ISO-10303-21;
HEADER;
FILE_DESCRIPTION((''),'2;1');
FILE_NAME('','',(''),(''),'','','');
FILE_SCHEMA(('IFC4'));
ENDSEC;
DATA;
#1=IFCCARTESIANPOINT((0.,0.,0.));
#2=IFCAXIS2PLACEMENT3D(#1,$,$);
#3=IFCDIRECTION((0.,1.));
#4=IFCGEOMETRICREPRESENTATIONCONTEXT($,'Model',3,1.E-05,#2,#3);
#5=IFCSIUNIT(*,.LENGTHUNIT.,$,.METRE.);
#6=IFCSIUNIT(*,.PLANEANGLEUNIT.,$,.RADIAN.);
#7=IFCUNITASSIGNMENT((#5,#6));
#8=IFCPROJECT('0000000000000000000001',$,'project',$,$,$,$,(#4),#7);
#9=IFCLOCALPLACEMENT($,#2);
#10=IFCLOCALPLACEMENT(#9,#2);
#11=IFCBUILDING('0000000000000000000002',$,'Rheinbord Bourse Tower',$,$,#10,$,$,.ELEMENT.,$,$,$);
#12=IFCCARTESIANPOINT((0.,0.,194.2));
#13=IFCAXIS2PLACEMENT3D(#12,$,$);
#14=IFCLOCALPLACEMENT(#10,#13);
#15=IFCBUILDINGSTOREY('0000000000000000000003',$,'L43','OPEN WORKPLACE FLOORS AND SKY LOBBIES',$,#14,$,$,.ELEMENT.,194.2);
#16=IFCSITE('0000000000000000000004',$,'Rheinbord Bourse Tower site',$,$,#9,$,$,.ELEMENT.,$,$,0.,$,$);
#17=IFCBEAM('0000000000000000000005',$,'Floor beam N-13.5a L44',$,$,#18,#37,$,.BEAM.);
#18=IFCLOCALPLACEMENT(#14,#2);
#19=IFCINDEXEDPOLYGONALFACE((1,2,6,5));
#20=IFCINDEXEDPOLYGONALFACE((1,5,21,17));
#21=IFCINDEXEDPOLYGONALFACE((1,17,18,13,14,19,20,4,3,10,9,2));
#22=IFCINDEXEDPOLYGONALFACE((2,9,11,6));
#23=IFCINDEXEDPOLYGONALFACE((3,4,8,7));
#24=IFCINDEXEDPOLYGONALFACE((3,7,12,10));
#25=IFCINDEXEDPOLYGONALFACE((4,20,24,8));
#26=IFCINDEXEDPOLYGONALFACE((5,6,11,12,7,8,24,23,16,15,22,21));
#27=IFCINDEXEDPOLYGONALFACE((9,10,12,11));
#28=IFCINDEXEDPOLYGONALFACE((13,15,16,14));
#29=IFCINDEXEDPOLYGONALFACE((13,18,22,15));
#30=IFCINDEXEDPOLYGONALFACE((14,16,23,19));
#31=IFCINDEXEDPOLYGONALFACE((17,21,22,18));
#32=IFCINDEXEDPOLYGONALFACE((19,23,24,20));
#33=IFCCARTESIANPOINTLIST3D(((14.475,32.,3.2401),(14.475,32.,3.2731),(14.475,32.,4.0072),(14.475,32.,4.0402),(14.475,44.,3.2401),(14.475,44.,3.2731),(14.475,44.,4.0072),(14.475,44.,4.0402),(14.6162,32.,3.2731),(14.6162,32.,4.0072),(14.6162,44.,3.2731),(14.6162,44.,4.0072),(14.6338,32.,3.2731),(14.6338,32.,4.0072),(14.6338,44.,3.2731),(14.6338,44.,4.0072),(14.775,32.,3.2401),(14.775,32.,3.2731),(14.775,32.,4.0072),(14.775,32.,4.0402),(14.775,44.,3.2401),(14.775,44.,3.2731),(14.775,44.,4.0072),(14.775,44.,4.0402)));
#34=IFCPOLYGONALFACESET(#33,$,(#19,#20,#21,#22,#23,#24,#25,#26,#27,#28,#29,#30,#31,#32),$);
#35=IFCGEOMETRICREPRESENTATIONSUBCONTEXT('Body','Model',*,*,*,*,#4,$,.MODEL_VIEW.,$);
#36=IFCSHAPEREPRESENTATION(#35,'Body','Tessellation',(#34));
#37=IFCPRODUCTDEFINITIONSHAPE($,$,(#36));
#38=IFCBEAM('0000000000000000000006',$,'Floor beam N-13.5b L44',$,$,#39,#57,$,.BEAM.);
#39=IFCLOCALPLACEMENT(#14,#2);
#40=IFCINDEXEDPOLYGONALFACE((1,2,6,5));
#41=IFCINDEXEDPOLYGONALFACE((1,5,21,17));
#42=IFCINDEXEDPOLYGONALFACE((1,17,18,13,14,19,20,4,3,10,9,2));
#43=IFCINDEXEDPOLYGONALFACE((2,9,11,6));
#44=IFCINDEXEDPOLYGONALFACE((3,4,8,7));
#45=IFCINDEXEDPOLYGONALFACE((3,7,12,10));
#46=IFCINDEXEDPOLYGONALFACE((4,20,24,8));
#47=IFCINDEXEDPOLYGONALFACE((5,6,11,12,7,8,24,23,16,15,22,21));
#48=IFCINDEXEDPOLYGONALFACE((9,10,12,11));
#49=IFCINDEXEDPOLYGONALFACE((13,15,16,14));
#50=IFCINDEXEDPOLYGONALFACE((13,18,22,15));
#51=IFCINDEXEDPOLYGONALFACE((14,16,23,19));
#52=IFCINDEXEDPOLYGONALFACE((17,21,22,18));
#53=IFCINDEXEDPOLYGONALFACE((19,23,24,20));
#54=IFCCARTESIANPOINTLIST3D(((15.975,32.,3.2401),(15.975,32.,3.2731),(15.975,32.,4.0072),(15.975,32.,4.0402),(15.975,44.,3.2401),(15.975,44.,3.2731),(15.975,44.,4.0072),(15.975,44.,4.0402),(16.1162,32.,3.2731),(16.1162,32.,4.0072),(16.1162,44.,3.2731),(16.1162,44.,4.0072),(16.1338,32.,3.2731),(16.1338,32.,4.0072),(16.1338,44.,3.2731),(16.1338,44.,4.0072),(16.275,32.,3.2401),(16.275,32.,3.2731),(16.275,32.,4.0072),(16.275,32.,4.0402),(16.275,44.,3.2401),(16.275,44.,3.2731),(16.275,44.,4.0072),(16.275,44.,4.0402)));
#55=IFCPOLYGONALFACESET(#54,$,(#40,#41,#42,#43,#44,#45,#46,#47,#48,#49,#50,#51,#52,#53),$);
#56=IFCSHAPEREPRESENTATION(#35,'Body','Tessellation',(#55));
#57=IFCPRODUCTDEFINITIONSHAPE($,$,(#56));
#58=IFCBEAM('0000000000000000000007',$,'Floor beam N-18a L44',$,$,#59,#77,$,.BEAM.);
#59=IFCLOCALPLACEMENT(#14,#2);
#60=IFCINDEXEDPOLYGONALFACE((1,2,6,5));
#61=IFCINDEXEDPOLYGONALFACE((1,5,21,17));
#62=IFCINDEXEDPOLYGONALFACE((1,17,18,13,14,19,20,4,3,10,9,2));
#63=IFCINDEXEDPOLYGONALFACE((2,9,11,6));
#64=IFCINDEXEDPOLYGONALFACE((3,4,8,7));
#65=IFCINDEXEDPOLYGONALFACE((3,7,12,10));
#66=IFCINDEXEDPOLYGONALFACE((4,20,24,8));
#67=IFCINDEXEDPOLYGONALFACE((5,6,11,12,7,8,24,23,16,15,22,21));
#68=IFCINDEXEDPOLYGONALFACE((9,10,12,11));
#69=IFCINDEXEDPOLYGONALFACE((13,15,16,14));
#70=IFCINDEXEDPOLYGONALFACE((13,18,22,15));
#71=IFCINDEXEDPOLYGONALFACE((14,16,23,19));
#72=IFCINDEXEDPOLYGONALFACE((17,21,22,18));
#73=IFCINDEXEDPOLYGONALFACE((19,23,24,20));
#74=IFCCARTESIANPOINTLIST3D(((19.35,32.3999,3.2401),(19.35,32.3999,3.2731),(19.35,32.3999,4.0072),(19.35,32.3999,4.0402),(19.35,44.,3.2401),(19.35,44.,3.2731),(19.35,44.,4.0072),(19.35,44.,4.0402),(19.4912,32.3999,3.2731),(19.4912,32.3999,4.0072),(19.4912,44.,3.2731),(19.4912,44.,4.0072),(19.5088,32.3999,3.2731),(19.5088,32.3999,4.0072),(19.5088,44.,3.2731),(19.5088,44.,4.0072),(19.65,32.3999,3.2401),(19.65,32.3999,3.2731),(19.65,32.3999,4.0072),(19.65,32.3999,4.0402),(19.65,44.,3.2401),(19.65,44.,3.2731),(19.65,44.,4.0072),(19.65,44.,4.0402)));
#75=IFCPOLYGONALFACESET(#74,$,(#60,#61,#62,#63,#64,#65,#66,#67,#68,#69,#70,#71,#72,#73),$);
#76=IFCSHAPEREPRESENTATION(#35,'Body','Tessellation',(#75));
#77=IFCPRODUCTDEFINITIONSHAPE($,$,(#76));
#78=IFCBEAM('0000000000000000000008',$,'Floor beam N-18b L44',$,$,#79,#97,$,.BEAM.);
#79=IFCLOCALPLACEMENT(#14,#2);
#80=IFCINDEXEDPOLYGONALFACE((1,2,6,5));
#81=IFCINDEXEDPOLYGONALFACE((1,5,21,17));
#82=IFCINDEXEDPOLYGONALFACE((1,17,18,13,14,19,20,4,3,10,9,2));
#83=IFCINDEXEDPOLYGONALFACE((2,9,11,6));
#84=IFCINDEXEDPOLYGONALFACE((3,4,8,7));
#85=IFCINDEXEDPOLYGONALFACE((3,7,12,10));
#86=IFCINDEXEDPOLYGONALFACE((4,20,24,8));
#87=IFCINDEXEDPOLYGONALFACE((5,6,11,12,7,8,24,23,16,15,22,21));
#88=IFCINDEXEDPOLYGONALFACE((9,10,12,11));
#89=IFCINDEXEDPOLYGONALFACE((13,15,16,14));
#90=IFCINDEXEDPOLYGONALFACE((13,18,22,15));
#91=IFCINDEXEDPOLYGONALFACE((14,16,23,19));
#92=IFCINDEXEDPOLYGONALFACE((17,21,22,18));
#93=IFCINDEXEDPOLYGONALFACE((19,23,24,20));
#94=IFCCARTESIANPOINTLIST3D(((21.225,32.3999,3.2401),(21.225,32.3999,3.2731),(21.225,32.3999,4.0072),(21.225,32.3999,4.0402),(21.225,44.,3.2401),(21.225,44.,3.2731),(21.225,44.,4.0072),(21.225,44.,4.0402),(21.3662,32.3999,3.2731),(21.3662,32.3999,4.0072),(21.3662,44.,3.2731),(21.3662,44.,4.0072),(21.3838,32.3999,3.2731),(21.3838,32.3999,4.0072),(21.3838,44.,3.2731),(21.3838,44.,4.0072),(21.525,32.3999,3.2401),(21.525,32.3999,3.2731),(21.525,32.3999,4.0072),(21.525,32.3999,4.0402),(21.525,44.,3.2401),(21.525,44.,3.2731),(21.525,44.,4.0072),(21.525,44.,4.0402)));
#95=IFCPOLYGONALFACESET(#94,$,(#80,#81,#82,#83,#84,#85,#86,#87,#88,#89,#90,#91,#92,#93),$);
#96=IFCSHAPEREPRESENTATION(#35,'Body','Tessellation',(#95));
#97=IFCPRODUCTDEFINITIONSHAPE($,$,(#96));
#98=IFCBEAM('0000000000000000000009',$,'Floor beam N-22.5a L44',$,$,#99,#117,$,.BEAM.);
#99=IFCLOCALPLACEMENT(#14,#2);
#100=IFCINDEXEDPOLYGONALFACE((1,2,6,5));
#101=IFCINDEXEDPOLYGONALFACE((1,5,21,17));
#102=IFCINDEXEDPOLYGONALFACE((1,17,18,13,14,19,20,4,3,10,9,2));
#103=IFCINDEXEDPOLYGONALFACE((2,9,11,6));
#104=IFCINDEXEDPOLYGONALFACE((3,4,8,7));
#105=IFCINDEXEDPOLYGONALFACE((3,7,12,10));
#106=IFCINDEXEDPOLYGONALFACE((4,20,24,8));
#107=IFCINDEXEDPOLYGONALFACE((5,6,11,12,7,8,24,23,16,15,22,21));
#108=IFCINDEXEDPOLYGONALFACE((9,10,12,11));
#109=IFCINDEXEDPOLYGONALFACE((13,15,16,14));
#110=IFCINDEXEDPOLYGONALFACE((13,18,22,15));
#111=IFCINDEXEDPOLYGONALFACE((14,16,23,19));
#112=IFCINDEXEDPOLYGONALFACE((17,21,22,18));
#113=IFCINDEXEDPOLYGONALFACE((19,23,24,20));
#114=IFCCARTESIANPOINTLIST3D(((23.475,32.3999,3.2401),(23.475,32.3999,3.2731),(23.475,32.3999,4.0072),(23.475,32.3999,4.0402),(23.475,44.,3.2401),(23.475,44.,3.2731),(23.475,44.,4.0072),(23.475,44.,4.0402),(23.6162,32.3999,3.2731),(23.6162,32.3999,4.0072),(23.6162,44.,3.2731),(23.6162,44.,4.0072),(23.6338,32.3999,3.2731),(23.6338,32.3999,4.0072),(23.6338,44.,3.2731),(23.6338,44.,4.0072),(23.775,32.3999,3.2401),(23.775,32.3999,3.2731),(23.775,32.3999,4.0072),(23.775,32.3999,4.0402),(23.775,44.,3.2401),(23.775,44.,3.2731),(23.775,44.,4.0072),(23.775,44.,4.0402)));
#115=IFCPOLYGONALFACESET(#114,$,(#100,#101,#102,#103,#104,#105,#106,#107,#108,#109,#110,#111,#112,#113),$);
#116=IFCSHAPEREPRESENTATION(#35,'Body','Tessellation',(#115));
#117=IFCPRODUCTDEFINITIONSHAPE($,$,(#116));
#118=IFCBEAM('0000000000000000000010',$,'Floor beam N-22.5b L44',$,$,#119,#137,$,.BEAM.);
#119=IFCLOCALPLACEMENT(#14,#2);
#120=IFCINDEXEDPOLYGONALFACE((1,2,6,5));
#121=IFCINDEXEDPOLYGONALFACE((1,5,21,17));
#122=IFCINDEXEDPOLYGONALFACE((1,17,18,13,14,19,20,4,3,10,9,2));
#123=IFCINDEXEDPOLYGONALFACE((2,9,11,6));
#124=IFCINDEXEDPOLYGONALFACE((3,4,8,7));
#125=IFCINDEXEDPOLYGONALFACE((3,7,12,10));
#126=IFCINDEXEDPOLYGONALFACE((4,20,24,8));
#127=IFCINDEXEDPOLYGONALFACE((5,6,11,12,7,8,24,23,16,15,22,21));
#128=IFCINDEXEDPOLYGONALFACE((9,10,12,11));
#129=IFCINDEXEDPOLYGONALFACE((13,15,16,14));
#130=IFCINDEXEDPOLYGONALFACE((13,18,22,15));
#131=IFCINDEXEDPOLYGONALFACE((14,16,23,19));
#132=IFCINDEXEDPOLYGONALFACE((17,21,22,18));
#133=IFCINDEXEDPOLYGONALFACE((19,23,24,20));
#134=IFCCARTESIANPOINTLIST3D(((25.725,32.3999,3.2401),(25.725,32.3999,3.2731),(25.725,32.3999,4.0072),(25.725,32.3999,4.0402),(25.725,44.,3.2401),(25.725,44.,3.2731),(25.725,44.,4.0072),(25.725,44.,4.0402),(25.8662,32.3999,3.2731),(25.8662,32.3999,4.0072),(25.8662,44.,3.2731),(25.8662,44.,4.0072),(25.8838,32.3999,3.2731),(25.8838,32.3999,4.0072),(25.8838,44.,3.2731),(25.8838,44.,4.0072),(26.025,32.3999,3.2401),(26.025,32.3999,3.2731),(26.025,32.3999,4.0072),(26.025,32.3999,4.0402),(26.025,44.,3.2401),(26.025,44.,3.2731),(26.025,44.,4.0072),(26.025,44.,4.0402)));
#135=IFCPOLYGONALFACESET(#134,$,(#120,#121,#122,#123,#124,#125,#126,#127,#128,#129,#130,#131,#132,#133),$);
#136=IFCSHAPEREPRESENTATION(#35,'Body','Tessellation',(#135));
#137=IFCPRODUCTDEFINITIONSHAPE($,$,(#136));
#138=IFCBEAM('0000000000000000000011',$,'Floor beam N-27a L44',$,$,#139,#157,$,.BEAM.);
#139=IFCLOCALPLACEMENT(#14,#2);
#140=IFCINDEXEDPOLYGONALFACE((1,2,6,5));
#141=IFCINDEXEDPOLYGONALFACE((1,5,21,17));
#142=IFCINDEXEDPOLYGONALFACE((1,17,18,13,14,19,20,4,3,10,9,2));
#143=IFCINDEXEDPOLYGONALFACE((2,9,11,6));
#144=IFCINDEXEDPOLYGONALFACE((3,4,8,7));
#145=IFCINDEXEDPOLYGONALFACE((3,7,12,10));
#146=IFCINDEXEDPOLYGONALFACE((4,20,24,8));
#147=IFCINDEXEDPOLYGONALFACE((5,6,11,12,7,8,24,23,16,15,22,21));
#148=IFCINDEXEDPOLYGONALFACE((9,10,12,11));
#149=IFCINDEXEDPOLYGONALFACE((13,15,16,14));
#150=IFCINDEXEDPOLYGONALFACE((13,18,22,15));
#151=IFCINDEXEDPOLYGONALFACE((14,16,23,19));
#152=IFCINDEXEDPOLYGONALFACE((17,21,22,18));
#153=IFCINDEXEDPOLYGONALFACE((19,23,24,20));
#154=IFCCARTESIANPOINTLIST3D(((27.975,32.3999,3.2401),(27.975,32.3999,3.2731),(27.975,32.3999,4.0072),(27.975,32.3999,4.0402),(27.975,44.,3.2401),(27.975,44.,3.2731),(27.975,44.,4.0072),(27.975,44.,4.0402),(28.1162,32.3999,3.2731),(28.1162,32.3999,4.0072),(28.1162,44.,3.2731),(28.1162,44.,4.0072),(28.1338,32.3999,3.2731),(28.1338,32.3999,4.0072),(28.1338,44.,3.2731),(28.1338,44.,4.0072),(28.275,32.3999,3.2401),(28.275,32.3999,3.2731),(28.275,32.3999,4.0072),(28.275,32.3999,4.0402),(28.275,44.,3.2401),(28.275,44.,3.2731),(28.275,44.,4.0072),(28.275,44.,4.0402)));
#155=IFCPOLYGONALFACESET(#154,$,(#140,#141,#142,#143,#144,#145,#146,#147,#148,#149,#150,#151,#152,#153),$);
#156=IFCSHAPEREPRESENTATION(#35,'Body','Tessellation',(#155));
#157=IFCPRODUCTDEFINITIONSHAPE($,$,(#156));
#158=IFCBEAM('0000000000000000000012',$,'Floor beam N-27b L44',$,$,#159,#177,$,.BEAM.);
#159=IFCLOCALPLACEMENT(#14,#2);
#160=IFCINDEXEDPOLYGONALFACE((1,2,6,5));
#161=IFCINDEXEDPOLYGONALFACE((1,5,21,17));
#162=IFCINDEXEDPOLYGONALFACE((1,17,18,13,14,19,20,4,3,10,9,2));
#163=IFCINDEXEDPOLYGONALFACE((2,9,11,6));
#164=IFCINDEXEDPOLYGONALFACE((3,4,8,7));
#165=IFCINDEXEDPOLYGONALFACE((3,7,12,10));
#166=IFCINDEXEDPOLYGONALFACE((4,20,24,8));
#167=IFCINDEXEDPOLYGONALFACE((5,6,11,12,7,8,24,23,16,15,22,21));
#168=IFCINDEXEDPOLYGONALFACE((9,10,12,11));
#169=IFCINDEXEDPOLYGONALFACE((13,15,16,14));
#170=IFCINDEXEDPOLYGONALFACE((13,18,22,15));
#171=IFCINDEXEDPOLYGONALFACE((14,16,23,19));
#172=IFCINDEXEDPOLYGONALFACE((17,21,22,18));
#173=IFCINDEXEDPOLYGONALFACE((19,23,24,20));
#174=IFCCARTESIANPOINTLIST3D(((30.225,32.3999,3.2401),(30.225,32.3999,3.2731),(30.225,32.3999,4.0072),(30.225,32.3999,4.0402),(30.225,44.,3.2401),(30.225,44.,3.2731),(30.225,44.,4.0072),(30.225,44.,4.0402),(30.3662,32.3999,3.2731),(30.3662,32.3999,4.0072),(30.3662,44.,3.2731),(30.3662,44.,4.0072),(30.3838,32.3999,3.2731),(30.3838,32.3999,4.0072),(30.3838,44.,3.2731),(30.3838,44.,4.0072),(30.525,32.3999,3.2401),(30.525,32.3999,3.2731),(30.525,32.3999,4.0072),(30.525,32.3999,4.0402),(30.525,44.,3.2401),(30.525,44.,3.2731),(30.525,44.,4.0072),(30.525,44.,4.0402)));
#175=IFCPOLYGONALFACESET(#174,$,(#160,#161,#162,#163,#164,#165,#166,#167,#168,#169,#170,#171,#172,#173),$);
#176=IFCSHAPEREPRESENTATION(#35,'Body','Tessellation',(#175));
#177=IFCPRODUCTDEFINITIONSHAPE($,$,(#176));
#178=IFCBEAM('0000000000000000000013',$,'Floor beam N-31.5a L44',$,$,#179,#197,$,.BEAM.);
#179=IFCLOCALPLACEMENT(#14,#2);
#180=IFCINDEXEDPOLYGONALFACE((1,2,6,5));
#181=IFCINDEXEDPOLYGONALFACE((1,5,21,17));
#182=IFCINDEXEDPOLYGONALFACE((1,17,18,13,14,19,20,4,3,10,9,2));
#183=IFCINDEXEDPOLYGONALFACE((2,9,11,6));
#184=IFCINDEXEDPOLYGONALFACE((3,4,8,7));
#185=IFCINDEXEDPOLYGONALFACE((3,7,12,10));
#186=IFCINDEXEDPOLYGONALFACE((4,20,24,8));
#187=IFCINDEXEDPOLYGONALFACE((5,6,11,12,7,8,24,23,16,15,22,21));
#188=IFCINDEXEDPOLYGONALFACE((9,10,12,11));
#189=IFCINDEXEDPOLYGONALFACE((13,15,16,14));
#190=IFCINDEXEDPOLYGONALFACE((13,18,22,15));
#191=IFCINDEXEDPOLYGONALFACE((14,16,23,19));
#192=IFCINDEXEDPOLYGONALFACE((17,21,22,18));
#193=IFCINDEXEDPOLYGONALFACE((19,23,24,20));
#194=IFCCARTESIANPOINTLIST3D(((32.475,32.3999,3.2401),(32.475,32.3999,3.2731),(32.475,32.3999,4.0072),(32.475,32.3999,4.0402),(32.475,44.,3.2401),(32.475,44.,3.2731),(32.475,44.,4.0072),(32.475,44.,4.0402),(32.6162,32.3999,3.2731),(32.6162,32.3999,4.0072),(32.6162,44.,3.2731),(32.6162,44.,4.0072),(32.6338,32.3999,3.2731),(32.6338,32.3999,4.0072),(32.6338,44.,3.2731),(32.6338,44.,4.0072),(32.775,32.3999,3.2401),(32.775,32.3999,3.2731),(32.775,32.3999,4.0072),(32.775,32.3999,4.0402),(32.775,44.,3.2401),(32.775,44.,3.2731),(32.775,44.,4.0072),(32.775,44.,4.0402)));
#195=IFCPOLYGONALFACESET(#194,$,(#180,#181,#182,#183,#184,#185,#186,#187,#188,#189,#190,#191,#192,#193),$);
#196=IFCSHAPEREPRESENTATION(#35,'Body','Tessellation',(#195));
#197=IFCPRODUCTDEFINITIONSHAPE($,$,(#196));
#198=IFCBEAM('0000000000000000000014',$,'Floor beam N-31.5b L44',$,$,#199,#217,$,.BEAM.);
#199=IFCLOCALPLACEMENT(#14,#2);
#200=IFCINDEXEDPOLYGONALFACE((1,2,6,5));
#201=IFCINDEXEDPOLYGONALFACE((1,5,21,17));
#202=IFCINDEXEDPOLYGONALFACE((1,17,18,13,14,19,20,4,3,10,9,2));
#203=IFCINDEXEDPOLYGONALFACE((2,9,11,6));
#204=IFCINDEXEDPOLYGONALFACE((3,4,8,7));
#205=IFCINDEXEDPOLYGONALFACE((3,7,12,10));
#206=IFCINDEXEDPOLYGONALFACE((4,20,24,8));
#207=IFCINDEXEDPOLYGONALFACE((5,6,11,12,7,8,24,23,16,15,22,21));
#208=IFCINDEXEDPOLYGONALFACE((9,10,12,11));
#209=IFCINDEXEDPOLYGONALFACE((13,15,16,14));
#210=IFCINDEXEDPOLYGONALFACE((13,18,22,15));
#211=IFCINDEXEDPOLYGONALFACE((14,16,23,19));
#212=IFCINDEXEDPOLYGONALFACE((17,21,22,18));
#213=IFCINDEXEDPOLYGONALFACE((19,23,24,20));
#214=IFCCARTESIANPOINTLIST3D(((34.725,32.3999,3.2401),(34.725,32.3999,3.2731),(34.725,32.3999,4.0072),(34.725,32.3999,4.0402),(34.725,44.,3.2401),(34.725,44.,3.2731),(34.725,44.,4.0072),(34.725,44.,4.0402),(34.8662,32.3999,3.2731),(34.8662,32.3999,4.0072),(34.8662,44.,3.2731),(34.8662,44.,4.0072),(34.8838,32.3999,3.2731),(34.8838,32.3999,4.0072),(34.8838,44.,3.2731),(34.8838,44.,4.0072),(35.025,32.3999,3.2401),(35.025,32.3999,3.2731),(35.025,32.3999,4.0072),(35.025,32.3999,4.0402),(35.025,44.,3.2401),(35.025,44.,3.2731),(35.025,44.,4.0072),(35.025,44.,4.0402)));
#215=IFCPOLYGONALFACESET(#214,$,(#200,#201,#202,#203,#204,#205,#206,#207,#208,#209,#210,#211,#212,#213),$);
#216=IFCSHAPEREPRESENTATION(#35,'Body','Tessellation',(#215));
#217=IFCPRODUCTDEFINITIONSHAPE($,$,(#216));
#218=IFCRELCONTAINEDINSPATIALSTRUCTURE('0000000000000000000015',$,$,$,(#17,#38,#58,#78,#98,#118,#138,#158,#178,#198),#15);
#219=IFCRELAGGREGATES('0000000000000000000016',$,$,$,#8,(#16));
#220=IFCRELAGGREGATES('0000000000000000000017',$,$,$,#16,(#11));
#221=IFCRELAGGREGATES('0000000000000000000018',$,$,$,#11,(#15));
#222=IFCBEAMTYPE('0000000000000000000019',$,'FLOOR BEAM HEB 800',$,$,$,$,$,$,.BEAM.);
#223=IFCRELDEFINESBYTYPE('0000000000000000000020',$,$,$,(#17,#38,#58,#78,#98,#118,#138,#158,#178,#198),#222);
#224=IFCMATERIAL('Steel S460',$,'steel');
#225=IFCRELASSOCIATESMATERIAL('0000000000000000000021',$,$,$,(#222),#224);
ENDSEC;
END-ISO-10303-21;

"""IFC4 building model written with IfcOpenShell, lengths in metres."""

from ifc_helpers import new_model, si_unit, direction, frame, origin, origin_2d, place, context, subcontext, project, spatial, i_section, extrude, material, material_profile, profile_set, type_object, element, save


model = new_model("IFC4")

# Units and contexts
model_context = context("Model", 3, precision=1e-05, world=origin(), true_north=direction((0.0, 1.0)))
body_context = subcontext(model_context, "Body", "Model", "MODEL_VIEW")
ifc_project = project(units=[si_unit("LENGTHUNIT", "METRE"), si_unit("PLANEANGLEUNIT", "RADIAN")], contexts=[model_context])

# Site, building, storey
site_placement = place(None, origin())
site = spatial("IfcSite", under=ifc_project, at=site_placement, Name="Rheinbord Bourse Tower site", CompositionType="ELEMENT", RefElevation=0.0)
building_placement = place(site_placement, origin())
building = spatial("IfcBuilding", under=site, at=building_placement, Name="Rheinbord Bourse Tower", CompositionType="ELEMENT")
storey_placement = place(building_placement, frame((0.0, 0.0, 194.2)))
storey = spatial("IfcBuildingStorey", under=building, at=storey_placement, Name="L43", Description="OPEN WORKPLACE FLOORS AND SKY LOBBIES", CompositionType="ELEMENT", Elevation=194.2)

# Beams
ifc_material_1 = material(Name="Steel S460", Category="steel")
ifc_material_profile_1 = material_profile(ifc_material_1, i_section(OverallWidth=0.3, OverallDepth=0.8, WebThickness=0.0176, FlangeThickness=0.033, at=origin_2d()), Name="HEB 800")
ifc_profile_set_1 = profile_set([ifc_material_profile_1], Name="Steel S460")
beam_type_1 = type_object("IfcBeamType", Name="FLOOR BEAM HEB 800", PredefinedType="BEAM", material=ifc_profile_set_1)
for number, where, z_axis, x_axis, name in (
    (1, (14.625, 44.0, 3.6401), (0.0, -1.0, 0.0), (1.0, 0.0, 0.0), "Floor beam N-13.5a L44"),
    (2, (16.125, 44.0, 3.6401), (0.0, -1.0, 0.0), (1.0, 0.0, 0.0), "Floor beam N-13.5b L44"),
):
    element("IfcBeam", number, at=place(storey_placement, frame(where, z_axis=z_axis, x_axis=x_axis)), inside=storey, type_object=beam_type_1, Name=name, PredefinedType="BEAM", context=body_context, shape_type="SweptSolid", body=[
        extrude(i_section(OverallWidth=0.3, OverallDepth=0.8, WebThickness=0.0176, FlangeThickness=0.033, at=origin_2d()), origin(), (0.0, 0.0, 1.0), 12.0),
    ])
for number, where, z_axis, x_axis, name in (
    (3, (19.5, 44.0, 3.6401), (0.0, -1.0, 0.0), (1.0, 0.0, 0.0), "Floor beam N-18a L44"),
    (4, (21.375, 44.0, 3.6401), (0.0, -1.0, 0.0), (1.0, 0.0, 0.0), "Floor beam N-18b L44"),
    (5, (23.625, 44.0, 3.6401), (0.0, -1.0, 0.0), (1.0, 0.0, 0.0), "Floor beam N-22.5a L44"),
    (6, (25.875, 44.0, 3.6401), (0.0, -1.0, 0.0), (1.0, 0.0, 0.0), "Floor beam N-22.5b L44"),
    (7, (28.125, 44.0, 3.6401), (0.0, -1.0, 0.0), (1.0, 0.0, 0.0), "Floor beam N-27a L44"),
    (8, (30.375, 44.0, 3.6401), (0.0, -1.0, 0.0), (1.0, 0.0, 0.0), "Floor beam N-27b L44"),
    (9, (32.625, 44.0, 3.6401), (0.0, -1.0, 0.0), (1.0, 0.0, 0.0), "Floor beam N-31.5a L44"),
    (10, (34.875, 44.0, 3.6401), (0.0, -1.0, 0.0), (1.0, 0.0, 0.0), "Floor beam N-31.5b L44"),
):
    element("IfcBeam", number, at=place(storey_placement, frame(where, z_axis=z_axis, x_axis=x_axis)), inside=storey, type_object=beam_type_1, Name=name, PredefinedType="BEAM", context=body_context, shape_type="SweptSolid", body=[
        extrude(i_section(OverallWidth=0.3, OverallDepth=0.8, WebThickness=0.0176, FlangeThickness=0.033, at=origin_2d()), origin(), (0.0, 0.0, 1.0), 11.6001),
    ])

save(model, "model.ifc")
